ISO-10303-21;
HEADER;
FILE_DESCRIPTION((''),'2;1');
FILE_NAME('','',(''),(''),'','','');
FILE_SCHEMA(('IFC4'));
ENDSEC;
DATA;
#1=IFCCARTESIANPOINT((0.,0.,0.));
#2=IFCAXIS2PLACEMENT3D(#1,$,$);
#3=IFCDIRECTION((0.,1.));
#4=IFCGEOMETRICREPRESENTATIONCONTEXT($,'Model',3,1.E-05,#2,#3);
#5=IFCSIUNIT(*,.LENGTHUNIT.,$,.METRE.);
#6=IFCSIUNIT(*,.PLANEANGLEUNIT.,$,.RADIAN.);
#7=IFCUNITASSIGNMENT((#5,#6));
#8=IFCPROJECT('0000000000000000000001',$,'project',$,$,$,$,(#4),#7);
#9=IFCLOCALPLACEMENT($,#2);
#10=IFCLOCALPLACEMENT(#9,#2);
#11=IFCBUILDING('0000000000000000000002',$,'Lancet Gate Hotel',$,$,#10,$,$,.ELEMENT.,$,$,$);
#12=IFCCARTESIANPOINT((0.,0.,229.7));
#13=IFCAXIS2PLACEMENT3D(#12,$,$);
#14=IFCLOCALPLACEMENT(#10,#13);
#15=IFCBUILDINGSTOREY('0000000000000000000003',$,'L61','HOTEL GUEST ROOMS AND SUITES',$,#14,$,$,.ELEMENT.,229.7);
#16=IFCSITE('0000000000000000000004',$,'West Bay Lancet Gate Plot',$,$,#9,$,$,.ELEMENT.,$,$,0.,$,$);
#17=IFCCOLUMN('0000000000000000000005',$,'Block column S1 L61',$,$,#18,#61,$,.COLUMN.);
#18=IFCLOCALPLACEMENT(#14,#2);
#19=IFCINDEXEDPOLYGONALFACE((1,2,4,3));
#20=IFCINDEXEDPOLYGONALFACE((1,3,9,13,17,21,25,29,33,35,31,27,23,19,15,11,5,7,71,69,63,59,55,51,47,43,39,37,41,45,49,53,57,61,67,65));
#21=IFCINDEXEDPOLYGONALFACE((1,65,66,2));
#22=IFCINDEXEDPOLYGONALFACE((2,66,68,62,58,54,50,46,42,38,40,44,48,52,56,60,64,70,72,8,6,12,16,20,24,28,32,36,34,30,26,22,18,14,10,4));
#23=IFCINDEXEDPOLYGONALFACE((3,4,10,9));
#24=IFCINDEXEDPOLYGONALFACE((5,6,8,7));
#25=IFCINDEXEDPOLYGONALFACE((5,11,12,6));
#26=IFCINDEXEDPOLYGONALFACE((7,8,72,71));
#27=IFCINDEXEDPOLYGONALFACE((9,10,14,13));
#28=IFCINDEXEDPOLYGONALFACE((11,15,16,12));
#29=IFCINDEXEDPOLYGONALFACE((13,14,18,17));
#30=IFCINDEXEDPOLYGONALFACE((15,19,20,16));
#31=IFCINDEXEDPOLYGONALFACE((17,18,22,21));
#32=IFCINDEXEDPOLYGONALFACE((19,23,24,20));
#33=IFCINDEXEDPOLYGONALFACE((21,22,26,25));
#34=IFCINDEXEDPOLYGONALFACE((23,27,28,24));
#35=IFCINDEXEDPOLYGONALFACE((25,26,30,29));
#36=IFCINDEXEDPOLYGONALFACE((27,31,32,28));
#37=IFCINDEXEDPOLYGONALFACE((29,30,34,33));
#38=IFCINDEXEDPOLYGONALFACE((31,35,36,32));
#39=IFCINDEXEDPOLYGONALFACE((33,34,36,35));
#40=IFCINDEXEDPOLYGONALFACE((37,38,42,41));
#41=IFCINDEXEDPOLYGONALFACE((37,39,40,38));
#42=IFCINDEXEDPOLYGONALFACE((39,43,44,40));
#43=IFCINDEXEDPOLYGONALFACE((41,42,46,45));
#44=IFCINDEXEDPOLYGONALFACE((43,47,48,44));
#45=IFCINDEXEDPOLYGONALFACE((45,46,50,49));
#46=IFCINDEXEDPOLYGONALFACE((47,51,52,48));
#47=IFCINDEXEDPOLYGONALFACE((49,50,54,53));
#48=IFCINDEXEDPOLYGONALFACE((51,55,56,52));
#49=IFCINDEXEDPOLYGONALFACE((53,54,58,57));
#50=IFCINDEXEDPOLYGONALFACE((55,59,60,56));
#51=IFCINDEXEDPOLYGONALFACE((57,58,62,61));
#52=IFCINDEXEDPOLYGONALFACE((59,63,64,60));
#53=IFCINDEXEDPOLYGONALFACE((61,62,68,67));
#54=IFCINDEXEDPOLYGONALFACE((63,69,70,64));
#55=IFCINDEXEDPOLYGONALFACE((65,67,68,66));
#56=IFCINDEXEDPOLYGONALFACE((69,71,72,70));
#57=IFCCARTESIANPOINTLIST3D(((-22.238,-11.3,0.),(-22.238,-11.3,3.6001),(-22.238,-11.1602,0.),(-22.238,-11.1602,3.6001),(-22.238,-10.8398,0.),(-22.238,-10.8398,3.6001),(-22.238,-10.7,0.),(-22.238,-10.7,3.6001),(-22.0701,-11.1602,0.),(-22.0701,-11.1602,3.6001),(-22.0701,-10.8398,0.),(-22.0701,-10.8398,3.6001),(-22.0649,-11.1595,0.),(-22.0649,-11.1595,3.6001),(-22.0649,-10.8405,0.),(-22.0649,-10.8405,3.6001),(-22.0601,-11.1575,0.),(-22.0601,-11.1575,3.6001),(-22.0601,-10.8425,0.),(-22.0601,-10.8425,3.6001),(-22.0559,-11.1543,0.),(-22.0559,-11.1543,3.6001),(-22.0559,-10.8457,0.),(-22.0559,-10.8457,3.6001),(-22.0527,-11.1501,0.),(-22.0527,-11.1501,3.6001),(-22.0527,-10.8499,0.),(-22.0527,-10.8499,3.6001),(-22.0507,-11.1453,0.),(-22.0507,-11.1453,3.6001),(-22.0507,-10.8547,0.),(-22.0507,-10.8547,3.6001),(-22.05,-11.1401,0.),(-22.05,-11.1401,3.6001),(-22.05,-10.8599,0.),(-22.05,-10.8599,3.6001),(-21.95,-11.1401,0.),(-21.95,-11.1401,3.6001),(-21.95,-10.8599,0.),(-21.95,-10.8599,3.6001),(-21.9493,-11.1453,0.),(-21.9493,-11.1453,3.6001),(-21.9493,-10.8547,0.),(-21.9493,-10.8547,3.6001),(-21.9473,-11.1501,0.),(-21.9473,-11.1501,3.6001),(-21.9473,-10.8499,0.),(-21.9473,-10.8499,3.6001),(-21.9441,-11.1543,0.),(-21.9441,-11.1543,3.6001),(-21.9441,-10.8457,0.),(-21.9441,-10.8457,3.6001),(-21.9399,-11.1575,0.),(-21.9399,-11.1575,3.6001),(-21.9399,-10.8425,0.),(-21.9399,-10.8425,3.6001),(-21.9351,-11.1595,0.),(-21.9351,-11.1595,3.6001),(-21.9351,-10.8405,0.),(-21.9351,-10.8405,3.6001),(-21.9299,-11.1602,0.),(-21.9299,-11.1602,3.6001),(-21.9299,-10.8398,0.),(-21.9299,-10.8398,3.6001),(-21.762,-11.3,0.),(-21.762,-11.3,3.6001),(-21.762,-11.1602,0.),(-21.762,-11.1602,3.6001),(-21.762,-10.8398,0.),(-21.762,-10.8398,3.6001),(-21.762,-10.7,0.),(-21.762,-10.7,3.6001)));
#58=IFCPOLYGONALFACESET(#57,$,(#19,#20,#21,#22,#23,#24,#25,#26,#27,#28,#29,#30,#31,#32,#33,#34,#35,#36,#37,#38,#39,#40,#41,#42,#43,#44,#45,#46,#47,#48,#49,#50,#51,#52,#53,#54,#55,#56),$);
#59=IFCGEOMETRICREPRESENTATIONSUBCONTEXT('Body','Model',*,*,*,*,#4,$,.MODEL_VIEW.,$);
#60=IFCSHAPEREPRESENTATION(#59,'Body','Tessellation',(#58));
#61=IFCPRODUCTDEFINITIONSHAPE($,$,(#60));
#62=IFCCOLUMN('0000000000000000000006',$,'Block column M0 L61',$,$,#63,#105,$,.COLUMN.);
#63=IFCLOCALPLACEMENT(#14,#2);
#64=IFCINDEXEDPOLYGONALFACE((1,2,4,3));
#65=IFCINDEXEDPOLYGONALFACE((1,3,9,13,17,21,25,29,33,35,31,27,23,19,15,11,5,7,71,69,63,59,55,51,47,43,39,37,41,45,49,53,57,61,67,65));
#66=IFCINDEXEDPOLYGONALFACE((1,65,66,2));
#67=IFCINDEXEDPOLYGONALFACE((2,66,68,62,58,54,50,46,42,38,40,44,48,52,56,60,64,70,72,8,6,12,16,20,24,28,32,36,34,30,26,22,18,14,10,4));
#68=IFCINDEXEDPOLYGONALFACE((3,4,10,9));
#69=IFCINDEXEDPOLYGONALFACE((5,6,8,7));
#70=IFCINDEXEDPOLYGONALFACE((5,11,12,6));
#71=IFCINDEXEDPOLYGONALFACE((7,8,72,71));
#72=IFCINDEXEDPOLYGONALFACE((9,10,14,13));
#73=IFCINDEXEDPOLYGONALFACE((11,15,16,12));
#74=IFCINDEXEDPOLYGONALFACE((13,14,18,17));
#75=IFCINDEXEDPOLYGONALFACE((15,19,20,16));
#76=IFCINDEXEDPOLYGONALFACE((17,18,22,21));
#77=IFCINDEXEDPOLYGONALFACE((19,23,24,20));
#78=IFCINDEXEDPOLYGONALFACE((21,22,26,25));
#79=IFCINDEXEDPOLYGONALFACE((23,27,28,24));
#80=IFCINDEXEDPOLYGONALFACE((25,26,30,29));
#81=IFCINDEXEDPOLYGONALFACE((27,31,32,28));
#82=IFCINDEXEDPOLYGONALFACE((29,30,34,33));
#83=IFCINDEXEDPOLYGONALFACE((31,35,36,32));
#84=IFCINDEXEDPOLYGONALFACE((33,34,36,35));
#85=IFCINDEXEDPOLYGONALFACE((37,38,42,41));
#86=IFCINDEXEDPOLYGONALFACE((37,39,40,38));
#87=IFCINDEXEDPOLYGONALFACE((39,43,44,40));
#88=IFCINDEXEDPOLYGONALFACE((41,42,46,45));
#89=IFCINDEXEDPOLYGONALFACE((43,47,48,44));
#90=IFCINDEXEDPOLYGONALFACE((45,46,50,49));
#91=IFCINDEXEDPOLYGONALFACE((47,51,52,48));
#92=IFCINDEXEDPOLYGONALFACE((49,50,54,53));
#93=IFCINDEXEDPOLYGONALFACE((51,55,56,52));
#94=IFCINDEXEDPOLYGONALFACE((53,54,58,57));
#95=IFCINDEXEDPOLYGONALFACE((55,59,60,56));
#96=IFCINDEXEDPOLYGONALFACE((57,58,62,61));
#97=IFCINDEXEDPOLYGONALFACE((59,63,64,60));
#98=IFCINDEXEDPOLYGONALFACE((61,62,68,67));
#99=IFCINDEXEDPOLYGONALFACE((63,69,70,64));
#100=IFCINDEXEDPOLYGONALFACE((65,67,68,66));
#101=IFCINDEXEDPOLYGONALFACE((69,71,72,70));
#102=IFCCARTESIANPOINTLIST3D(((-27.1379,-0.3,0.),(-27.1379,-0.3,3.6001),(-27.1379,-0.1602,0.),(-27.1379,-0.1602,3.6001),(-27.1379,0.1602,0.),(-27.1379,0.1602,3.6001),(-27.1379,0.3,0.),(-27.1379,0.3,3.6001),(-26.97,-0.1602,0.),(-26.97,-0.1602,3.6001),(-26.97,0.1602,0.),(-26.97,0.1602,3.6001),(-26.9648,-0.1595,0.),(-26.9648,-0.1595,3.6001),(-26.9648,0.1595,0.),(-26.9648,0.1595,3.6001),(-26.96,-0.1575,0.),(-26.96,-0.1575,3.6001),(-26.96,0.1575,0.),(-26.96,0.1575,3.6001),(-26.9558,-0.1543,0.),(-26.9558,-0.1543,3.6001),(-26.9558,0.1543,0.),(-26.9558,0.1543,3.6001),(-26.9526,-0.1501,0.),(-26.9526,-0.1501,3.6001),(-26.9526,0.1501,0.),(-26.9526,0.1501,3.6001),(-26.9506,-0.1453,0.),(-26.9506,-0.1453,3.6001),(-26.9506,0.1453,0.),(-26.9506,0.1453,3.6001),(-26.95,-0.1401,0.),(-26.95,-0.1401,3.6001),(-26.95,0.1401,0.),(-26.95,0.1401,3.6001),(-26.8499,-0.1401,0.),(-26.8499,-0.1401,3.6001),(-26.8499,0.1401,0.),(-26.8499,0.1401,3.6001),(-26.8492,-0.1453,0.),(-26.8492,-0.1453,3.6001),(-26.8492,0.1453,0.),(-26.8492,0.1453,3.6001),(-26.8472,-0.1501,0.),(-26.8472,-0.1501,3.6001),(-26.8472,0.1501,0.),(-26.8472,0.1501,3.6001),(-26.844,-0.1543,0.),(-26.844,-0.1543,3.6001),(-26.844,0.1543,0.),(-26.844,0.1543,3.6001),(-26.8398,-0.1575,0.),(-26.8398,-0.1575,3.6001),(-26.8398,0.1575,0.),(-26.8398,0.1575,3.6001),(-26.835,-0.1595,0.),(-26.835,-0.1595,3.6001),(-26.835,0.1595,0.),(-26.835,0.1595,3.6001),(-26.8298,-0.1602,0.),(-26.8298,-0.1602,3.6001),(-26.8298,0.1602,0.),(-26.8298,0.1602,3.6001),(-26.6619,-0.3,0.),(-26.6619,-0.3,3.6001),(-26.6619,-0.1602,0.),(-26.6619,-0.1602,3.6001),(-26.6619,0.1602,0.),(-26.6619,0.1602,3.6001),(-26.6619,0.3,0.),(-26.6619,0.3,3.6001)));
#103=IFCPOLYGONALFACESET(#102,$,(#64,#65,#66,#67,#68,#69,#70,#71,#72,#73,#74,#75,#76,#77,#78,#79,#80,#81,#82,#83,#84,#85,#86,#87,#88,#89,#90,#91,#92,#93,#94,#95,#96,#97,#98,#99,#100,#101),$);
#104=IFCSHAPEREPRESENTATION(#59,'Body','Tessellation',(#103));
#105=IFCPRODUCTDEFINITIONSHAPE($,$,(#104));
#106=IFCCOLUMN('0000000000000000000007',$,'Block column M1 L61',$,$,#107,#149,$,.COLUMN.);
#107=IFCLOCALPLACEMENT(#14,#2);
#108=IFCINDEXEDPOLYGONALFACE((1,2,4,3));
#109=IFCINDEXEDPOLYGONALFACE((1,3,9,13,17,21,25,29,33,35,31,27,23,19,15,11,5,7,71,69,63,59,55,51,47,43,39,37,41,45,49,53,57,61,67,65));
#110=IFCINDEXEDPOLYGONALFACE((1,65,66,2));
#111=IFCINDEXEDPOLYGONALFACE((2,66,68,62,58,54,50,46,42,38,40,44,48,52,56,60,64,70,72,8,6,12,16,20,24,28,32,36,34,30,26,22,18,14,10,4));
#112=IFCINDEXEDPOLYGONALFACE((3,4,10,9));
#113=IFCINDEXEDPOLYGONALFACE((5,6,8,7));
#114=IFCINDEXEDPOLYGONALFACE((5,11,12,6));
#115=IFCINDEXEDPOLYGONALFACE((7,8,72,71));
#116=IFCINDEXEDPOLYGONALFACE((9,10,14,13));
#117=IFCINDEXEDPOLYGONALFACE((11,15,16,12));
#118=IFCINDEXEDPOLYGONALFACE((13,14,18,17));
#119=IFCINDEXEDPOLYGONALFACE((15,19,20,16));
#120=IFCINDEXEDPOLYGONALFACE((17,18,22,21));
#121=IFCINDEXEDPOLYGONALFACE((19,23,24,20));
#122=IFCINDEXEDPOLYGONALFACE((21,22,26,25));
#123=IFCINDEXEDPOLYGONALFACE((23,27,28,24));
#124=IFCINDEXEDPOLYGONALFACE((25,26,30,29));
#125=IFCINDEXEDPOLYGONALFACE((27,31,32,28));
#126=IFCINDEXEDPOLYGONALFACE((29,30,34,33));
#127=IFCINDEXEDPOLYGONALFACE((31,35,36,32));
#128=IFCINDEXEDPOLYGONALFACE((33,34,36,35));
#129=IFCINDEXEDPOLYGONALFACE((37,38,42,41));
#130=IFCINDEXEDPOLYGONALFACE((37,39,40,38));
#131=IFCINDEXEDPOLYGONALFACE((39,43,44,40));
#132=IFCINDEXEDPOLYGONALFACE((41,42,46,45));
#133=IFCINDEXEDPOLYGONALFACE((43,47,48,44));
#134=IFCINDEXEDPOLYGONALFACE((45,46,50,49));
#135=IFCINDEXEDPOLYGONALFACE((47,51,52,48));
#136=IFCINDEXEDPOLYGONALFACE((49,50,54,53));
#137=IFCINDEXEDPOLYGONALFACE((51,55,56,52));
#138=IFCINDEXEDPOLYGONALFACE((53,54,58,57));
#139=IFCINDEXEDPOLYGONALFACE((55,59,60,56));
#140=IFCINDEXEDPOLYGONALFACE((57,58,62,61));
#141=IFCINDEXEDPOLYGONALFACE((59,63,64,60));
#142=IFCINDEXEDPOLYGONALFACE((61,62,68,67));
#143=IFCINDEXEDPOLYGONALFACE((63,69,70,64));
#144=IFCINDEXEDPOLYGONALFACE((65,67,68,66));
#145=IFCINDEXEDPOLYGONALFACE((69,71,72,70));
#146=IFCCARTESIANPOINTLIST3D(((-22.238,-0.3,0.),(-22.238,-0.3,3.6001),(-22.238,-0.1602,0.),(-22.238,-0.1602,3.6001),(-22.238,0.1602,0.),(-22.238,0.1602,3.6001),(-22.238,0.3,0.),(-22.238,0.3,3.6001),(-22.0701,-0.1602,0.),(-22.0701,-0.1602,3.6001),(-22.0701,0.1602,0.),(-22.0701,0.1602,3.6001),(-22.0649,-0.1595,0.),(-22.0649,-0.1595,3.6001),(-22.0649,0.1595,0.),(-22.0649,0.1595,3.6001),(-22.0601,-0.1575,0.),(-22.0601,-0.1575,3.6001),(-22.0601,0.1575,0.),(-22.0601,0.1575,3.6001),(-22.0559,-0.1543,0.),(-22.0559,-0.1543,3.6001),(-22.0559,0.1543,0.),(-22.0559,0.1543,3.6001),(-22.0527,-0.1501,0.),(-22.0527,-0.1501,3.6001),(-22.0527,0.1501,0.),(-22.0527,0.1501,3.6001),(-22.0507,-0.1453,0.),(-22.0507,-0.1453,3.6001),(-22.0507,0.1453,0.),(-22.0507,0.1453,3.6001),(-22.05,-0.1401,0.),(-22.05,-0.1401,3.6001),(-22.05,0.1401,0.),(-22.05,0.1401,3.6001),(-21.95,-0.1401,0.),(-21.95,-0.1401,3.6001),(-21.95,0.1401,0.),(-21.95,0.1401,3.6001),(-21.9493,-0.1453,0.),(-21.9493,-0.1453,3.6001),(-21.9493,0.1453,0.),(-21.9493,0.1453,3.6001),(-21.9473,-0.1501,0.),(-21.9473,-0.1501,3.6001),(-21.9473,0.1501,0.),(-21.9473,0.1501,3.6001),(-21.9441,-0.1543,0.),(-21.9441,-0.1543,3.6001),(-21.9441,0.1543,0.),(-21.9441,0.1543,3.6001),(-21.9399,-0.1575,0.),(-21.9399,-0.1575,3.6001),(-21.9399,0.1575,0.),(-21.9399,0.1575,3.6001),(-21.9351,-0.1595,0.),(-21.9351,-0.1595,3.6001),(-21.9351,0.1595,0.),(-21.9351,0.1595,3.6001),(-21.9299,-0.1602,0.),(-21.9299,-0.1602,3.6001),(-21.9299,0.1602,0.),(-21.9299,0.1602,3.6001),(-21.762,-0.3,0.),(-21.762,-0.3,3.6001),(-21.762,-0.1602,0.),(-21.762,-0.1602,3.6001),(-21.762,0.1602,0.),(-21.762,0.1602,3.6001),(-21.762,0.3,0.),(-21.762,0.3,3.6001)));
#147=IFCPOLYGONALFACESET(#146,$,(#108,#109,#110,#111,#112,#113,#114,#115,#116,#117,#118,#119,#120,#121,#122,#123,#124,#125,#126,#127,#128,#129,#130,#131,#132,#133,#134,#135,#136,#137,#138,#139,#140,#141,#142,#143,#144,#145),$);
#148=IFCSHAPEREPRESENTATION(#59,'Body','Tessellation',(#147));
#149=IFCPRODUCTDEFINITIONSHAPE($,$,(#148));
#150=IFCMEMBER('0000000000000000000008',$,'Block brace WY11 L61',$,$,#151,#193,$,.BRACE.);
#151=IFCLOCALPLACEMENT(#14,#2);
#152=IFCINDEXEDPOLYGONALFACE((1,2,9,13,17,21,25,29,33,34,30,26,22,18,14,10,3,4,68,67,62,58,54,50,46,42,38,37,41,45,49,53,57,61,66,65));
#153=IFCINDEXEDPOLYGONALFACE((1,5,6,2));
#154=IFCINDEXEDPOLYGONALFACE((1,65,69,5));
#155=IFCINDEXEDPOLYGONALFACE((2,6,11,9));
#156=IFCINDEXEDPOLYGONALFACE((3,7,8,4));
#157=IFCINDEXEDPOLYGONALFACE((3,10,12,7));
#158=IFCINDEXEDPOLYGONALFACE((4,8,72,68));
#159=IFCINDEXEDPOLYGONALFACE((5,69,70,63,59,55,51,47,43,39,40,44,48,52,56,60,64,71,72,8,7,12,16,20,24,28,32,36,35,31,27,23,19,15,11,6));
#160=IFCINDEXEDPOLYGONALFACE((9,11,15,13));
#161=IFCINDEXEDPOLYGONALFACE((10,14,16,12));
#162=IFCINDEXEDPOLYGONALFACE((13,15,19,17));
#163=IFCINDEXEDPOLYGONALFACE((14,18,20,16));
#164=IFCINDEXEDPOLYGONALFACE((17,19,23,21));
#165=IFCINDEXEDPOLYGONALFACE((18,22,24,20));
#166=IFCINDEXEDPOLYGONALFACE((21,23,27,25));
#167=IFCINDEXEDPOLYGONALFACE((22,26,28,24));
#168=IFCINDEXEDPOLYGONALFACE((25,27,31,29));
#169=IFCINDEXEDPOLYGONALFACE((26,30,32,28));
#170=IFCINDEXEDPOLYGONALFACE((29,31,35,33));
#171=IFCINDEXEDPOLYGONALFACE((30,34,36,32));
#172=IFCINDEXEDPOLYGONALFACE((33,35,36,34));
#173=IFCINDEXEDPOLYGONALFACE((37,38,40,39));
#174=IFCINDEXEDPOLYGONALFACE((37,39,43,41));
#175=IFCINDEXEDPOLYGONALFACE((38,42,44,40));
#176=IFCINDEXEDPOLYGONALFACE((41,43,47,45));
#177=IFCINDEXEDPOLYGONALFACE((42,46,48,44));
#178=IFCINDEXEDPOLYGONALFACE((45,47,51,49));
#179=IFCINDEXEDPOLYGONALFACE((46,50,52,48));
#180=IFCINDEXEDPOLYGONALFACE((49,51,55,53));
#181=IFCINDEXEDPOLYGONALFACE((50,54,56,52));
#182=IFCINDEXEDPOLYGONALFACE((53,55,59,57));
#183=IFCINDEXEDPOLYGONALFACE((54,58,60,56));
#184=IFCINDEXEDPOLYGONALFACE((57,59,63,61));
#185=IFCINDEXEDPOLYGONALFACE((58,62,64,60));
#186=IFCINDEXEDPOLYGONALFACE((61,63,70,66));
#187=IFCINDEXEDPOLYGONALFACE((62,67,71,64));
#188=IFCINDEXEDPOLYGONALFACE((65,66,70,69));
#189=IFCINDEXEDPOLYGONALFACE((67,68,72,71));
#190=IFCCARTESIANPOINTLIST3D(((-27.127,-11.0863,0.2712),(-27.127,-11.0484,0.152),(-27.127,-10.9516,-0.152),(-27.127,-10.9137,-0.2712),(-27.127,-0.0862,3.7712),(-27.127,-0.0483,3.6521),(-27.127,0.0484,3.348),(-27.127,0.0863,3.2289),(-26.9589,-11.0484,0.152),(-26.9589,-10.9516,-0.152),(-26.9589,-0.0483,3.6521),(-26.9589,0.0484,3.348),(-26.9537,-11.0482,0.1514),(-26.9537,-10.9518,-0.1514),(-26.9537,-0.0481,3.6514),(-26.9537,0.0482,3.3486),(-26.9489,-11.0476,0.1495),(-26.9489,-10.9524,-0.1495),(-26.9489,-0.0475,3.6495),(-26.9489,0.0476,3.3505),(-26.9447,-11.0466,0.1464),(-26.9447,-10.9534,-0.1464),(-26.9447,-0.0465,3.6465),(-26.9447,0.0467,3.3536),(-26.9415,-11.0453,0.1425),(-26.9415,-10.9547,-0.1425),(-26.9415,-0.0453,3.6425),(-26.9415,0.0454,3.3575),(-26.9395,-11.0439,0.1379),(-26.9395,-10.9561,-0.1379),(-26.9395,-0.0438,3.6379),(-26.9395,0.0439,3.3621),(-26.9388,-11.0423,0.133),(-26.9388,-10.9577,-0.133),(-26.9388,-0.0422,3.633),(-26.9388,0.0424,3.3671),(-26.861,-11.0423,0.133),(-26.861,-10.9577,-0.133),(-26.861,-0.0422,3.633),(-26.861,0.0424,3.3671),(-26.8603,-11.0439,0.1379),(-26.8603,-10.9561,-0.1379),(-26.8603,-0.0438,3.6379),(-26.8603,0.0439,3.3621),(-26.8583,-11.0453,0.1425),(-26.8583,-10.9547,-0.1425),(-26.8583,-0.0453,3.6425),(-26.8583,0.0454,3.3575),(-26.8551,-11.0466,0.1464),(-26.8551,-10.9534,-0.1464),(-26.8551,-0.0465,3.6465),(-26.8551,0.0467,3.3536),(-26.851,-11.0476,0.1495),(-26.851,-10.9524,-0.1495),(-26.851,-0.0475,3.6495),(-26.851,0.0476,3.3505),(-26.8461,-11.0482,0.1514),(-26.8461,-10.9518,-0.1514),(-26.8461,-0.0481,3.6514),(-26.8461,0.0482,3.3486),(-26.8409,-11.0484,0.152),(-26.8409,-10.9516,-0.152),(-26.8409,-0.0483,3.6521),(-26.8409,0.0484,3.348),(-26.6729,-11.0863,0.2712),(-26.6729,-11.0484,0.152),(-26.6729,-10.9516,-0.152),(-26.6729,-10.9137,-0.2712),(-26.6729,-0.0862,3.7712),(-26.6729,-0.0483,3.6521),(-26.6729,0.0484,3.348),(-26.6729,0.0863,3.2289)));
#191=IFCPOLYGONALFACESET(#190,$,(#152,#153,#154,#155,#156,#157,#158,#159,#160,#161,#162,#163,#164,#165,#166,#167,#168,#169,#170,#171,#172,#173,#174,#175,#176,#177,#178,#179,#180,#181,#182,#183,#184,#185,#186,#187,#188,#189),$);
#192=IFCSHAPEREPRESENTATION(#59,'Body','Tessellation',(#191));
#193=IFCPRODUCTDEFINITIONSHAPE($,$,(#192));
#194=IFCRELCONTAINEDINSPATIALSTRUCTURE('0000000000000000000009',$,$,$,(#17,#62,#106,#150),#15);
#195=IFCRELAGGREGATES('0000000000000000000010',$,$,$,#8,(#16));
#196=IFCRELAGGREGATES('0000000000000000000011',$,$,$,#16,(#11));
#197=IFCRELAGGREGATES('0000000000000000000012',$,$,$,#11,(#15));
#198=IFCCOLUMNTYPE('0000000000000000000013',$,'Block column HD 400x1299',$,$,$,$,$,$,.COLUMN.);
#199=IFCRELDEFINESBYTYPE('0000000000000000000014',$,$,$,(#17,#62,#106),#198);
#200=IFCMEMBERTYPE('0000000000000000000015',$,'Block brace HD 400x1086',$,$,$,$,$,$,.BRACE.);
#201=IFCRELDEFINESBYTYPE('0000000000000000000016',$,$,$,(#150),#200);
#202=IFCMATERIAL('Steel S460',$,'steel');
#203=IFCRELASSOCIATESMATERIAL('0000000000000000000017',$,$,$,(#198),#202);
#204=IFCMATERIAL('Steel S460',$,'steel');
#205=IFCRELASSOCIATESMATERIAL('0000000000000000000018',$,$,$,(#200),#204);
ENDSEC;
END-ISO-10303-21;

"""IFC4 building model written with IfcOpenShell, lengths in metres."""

from ifc_helpers import new_model, si_unit, direction, frame, origin, origin_2d, place, context, subcontext, project, spatial, i_section, extrude, material, material_profile, profile_set, type_object, element, save


model = new_model("IFC4")

# Units and contexts
model_context = context("Model", 3, precision=1e-05, world=origin(), true_north=direction((0.0, 1.0)))
body_context = subcontext(model_context, "Body", "Model", "MODEL_VIEW")
ifc_project = project(units=[si_unit("LENGTHUNIT", "METRE"), si_unit("PLANEANGLEUNIT", "RADIAN")], contexts=[model_context])

# Site, building, storey
site_placement = place(None, origin())
site = spatial("IfcSite", under=ifc_project, at=site_placement, Name="West Bay Lancet Gate Plot", CompositionType="ELEMENT", RefElevation=0.0)
building_placement = place(site_placement, origin())
building = spatial("IfcBuilding", under=site, at=building_placement, Name="Lancet Gate Hotel", CompositionType="ELEMENT")
storey_placement = place(building_placement, frame((0.0, 0.0, 229.7)))
storey = spatial("IfcBuildingStorey", under=building, at=storey_placement, Name="L61", Description="HOTEL GUEST ROOMS AND SUITES", CompositionType="ELEMENT", Elevation=229.7)

# Columns
ifc_material_1 = material(Name="Steel S460", Category="steel")
ifc_material_profile_1 = material_profile(ifc_material_1, i_section(OverallWidth=0.4761, OverallDepth=0.6001, WebThickness=0.1001, FlangeThickness=0.1399, FilletRadius=0.02, at=origin_2d()), Name="HD 400x1299")
ifc_profile_set_1 = profile_set([ifc_material_profile_1], Name="Steel S460")
column_type = type_object("IfcColumnType", Name="Block column HD 400x1299", PredefinedType="COLUMN", material=ifc_profile_set_1)
for number, where, z_axis, x_axis, name in (
    (1, (-22.0, -11.0, 0.0), (0.0, 0.0, 1.0), (1.0, 0.0, 0.0), "Block column S1 L61"),
    (2, (-26.8999, 0.0, 0.0), (0.0, 0.0, 1.0), (1.0, 0.0, 0.0), "Block column M0 L61"),
    (3, (-22.0, 0.0, 0.0), (0.0, 0.0, 1.0), (1.0, 0.0, 0.0), "Block column M1 L61"),
):
    element("IfcColumn", number, at=place(storey_placement, frame(where, z_axis=z_axis, x_axis=x_axis)), inside=storey, type_object=column_type, Name=name, PredefinedType="COLUMN", context=body_context, shape_type="SweptSolid", body=[
        extrude(i_section(OverallWidth=0.4761, OverallDepth=0.6001, WebThickness=0.1001, FlangeThickness=0.1399, FilletRadius=0.02, at=origin_2d()), origin(), (0.0, 0.0, 1.0), 3.6001),
    ])

# Member
ifc_material_2 = material(Name="Steel S460", Category="steel")
ifc_material_profile_2 = material_profile(ifc_material_2, i_section(OverallWidth=0.4541, OverallDepth=0.5691, WebThickness=0.0779, FlangeThickness=0.125, FilletRadius=0.02, at=origin_2d()), Name="HD 400x1086")
ifc_profile_set_2 = profile_set([ifc_material_profile_2], Name="Steel S460")
member_type = type_object("IfcMemberType", Name="Block brace HD 400x1086", PredefinedType="BRACE", material=ifc_profile_set_2)
member_1_placement = place(storey_placement, frame((-26.8999, -11.0, 0.0), z_axis=(0.0, 0.952926, 0.303204), x_axis=(-1.0, 0.0, 0.0)))
element("IfcMember", 4, at=member_1_placement, inside=storey, type_object=member_type, Name="Block brace WY11 L61", PredefinedType="BRACE", context=body_context, shape_type="SweptSolid", body=[
    extrude(i_section(OverallWidth=0.4541, OverallDepth=0.5691, WebThickness=0.0779, FlangeThickness=0.125, FilletRadius=0.02, at=origin_2d()), origin(), (0.0, 0.0, 1.0), 11.5435),
])

save(model, "model.ifc")
